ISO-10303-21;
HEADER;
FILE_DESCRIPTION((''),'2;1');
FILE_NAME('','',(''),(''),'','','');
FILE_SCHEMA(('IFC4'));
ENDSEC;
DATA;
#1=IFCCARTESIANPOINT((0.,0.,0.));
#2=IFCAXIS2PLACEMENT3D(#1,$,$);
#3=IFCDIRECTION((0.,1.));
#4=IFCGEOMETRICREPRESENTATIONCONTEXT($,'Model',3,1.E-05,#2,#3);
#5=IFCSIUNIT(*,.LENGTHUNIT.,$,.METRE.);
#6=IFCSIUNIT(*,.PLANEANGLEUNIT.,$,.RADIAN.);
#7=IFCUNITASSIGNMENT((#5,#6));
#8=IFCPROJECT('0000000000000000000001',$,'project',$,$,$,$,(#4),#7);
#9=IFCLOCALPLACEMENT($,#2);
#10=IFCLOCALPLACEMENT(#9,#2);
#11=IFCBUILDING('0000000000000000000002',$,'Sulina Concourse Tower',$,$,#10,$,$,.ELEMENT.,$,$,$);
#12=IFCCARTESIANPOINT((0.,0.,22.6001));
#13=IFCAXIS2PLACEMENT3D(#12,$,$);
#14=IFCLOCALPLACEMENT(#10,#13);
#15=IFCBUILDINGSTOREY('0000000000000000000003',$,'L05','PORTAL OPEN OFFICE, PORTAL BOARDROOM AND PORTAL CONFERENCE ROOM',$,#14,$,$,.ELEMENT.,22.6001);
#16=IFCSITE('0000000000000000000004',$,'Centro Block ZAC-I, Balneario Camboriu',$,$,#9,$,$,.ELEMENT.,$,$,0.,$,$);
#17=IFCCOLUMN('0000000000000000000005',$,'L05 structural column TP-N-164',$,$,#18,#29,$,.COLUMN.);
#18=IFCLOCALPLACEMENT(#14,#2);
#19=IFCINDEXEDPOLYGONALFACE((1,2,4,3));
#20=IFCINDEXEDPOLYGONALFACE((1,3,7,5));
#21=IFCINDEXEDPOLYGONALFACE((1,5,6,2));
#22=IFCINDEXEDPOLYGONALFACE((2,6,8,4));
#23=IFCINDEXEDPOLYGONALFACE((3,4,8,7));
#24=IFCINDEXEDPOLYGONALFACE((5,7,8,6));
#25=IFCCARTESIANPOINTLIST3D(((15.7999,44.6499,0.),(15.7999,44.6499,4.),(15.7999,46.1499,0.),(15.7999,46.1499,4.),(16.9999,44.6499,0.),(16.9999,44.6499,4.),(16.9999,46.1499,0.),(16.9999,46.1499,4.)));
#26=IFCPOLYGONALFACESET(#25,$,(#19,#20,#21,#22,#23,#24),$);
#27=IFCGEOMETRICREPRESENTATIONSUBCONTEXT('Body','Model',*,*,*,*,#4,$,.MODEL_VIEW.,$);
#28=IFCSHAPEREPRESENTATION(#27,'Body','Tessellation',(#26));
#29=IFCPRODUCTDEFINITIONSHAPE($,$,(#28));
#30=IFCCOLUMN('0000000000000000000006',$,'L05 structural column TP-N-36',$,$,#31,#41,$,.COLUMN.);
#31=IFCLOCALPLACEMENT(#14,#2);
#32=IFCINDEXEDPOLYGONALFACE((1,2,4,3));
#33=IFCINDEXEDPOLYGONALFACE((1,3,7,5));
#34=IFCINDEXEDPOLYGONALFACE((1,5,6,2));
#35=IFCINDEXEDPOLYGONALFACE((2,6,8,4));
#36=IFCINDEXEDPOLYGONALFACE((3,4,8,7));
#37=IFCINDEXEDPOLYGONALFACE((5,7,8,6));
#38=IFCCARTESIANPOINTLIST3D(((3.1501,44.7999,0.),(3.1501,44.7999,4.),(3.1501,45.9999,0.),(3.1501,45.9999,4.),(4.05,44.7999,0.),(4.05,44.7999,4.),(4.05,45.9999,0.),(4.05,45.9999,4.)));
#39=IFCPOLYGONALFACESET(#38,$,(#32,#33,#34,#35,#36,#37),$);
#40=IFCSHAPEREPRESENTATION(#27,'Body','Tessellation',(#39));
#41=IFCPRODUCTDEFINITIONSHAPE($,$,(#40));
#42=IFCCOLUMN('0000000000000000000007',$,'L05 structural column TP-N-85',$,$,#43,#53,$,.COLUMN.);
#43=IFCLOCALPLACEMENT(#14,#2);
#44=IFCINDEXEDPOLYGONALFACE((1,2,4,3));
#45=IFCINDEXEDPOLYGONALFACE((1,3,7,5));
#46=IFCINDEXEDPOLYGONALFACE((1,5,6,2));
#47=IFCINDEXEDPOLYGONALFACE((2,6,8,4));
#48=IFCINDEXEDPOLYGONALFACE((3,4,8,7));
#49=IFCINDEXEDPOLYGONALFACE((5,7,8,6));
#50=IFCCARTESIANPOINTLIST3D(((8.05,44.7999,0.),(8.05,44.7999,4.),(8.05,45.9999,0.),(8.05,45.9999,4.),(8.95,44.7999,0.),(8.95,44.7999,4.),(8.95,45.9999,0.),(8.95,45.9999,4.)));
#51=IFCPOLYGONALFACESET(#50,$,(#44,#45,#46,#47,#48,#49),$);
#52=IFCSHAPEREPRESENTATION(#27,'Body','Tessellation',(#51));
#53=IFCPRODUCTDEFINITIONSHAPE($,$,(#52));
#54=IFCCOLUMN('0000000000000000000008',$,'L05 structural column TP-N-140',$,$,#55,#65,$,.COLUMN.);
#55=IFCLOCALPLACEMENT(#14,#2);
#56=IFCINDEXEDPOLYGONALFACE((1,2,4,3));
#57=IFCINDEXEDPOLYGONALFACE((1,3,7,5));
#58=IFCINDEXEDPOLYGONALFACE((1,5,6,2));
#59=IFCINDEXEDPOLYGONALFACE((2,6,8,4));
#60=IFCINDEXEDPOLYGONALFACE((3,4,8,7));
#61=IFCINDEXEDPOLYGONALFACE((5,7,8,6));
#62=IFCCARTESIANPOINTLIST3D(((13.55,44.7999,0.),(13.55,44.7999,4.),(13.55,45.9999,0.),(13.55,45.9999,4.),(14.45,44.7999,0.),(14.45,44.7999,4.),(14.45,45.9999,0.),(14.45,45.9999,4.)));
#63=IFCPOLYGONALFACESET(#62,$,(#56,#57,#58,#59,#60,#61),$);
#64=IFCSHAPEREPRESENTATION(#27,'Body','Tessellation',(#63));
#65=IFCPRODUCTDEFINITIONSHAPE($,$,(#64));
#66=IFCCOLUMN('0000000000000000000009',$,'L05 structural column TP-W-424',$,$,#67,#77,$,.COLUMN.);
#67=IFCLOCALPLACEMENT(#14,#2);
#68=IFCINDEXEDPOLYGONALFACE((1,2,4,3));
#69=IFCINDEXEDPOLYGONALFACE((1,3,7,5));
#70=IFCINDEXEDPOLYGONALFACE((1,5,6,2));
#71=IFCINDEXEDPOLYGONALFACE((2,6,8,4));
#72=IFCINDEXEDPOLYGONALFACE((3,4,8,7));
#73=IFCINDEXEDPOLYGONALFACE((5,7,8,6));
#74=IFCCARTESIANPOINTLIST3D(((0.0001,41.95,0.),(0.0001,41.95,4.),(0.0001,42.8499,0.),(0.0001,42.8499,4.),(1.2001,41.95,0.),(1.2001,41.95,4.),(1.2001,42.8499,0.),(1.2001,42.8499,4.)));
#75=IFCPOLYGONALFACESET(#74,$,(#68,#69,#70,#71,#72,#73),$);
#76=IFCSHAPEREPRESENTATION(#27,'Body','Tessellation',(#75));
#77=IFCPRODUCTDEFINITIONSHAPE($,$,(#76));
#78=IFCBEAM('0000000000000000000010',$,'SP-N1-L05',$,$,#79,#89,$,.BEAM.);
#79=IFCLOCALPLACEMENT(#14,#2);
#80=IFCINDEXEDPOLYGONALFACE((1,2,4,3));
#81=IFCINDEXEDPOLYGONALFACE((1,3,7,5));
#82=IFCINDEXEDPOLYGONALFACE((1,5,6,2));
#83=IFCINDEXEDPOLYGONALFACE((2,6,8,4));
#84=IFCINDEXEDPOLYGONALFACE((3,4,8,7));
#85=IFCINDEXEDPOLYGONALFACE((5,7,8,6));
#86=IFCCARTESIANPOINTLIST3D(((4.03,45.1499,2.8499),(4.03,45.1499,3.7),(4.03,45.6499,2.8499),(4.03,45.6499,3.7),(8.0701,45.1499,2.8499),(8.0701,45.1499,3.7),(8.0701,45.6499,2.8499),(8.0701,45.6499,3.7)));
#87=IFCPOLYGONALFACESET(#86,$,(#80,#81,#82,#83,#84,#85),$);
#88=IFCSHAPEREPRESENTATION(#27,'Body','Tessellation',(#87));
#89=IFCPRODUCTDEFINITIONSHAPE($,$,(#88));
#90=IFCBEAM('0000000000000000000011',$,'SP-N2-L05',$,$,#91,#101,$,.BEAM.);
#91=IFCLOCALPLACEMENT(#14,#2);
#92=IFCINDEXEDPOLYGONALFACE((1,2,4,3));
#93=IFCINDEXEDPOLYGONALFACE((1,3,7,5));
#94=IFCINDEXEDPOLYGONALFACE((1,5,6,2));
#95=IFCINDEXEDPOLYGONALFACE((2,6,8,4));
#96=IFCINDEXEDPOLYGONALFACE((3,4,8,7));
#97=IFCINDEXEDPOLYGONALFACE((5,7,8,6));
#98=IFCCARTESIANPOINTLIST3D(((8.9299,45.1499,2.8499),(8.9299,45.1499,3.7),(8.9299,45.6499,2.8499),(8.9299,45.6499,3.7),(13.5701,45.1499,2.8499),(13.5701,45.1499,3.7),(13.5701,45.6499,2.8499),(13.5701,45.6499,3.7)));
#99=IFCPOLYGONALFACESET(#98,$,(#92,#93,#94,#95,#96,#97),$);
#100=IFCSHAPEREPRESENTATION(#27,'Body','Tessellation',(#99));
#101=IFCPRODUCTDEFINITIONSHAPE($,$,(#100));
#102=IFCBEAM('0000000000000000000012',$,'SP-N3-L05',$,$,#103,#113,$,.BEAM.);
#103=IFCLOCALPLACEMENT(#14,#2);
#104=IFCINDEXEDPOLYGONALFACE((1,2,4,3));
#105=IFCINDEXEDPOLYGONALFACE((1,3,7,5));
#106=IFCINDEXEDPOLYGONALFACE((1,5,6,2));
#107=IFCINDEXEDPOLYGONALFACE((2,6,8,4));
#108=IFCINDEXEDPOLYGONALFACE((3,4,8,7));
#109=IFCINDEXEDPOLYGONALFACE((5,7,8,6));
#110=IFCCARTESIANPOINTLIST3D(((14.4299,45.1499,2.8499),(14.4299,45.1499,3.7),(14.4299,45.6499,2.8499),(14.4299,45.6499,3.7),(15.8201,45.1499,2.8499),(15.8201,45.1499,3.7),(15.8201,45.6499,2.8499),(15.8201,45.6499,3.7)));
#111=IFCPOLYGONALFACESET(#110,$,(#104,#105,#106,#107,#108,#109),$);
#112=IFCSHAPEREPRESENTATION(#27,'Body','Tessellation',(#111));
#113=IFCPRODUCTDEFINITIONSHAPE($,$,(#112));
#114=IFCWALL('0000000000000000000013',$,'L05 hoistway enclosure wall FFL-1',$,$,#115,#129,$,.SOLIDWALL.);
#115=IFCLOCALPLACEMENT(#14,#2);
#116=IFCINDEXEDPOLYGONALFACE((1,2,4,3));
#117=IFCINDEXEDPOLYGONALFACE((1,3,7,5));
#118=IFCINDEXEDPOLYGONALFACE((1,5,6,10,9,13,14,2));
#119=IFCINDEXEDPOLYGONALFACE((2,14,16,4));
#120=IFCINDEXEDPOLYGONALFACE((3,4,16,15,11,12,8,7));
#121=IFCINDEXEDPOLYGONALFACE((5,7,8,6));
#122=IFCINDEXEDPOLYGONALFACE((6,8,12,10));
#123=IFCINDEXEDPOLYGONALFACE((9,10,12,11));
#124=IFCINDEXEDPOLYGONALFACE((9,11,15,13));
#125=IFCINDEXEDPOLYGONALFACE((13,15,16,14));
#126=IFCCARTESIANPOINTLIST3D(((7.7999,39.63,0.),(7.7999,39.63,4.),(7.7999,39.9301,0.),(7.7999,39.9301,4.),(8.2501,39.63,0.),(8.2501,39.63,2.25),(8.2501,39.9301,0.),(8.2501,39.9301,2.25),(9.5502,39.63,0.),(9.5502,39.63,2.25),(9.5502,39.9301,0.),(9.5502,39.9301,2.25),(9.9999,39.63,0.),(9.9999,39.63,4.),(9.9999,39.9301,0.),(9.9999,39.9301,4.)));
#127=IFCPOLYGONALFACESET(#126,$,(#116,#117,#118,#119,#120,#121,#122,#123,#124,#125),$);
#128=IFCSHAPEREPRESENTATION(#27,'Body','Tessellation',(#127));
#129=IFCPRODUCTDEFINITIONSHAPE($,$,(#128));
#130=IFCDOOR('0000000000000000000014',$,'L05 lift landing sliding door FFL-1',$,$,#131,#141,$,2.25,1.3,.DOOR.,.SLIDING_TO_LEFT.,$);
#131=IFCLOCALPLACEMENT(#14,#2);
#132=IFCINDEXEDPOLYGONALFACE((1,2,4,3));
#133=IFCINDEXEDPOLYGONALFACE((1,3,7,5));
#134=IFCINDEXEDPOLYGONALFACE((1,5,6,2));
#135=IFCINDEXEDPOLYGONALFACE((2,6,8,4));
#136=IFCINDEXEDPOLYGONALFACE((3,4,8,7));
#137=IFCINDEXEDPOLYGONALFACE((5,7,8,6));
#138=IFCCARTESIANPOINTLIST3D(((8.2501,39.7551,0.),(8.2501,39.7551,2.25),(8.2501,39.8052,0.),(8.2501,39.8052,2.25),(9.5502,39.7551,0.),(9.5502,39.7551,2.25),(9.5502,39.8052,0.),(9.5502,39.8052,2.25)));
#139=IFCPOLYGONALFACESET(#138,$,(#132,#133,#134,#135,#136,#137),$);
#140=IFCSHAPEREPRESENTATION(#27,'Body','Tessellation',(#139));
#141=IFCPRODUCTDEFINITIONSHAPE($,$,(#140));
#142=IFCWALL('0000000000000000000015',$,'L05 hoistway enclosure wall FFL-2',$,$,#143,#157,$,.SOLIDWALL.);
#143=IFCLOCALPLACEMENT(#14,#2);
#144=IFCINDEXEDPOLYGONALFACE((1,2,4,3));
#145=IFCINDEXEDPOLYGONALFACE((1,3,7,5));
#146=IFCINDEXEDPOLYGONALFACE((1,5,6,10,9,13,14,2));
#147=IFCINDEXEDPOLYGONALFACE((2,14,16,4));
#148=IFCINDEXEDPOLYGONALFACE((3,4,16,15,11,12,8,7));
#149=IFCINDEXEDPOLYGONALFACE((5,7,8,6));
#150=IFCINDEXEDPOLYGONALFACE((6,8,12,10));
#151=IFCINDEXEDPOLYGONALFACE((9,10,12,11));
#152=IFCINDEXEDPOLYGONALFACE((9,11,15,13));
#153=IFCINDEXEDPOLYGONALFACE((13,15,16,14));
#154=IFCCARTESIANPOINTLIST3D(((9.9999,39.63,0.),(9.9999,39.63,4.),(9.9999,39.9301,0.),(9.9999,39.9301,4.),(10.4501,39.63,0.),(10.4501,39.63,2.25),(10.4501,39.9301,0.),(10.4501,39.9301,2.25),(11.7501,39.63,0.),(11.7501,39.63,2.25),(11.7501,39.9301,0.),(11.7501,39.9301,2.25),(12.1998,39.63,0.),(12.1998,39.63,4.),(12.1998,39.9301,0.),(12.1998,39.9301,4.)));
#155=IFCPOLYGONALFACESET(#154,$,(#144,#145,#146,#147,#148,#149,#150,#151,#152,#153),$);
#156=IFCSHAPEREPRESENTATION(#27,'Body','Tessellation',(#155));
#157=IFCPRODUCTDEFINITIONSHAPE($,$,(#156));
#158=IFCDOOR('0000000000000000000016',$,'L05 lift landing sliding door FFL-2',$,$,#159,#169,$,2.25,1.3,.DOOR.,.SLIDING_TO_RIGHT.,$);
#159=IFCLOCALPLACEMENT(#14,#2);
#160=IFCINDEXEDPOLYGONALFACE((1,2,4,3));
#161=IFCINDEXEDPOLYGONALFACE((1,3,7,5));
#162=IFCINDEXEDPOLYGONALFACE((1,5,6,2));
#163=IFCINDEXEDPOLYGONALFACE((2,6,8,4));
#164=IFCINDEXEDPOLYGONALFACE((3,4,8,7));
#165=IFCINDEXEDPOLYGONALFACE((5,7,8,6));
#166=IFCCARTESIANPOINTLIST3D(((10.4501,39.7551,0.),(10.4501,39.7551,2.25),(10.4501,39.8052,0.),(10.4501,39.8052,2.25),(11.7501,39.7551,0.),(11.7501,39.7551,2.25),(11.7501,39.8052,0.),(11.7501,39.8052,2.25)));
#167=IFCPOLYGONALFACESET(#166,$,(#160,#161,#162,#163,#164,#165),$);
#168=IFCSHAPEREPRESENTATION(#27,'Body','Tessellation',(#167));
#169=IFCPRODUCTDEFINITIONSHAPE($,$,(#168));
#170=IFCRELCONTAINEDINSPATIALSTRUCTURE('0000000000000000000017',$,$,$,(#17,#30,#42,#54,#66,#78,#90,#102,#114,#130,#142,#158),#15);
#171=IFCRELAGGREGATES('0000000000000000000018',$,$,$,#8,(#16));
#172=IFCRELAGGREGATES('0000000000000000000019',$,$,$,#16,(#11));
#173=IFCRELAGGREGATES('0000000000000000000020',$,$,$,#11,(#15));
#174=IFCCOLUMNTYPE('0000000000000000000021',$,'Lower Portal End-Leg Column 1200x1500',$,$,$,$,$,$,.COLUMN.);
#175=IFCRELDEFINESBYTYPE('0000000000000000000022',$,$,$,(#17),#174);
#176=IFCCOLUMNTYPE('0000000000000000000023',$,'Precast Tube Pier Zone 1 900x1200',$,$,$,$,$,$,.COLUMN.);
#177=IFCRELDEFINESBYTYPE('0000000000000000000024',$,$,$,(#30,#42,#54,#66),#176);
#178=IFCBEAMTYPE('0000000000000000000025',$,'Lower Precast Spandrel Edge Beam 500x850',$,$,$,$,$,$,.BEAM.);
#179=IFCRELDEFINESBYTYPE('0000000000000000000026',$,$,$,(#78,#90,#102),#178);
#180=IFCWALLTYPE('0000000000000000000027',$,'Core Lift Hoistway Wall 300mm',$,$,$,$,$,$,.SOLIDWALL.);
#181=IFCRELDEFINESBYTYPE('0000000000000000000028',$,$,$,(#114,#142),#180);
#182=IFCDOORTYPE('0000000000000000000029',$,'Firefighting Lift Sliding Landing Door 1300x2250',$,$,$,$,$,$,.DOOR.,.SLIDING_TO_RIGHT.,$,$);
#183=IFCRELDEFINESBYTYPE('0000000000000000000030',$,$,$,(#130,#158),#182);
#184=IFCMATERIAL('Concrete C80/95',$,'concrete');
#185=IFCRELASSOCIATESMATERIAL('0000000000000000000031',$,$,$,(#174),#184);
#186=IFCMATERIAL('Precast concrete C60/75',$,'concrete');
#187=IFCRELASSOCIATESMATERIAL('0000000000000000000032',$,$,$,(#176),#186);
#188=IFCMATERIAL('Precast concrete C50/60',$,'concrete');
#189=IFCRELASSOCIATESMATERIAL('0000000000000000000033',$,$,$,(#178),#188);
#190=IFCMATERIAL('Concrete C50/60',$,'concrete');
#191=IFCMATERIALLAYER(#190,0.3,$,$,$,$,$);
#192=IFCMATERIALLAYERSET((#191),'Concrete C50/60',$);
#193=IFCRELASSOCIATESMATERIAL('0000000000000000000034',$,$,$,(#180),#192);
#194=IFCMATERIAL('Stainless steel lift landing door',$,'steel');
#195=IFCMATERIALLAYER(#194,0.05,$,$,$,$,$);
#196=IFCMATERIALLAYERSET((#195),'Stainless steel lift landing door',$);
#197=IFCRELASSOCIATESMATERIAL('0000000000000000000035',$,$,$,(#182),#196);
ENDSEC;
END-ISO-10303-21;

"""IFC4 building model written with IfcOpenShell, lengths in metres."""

from ifc_helpers import new_model, si_unit, direction, frame, frame_2d, origin, origin_2d, place, context, subcontext, project, spatial, rectangle, extrude, material, layer, layer_set, material_profile, profile_set, type_object, element, fill, save


model = new_model("IFC4")

# Units and contexts
model_context = context("Model", 3, precision=1e-05, world=origin(), true_north=direction((0.0, 1.0)))
body_context = subcontext(model_context, "Body", "Model", "MODEL_VIEW")
ifc_project = project(units=[si_unit("LENGTHUNIT", "METRE"), si_unit("PLANEANGLEUNIT", "RADIAN")], contexts=[model_context])

# Site, building, storey
site_placement = place(None, origin())
site = spatial("IfcSite", under=ifc_project, at=site_placement, Name="Centro Block ZAC-I, Balneario Camboriu", CompositionType="ELEMENT", RefElevation=0.0)
building_placement = place(site_placement, origin())
building = spatial("IfcBuilding", under=site, at=building_placement, Name="Sulina Concourse Tower", CompositionType="ELEMENT")
storey_placement = place(building_placement, frame((0.0, 0.0, 22.6001)))
storey = spatial("IfcBuildingStorey", under=building, at=storey_placement, Name="L05", Description="PORTAL OPEN OFFICE, PORTAL BOARDROOM AND PORTAL CONFERENCE ROOM", CompositionType="ELEMENT", Elevation=22.6001)

# Columns
ifc_material_1 = material(Name="Concrete C80/95", Category="concrete")
ifc_material_profile_1 = material_profile(ifc_material_1, rectangle(XDim=1.2, YDim=1.5, at=origin_2d()), Name="RC 1200x1500")
ifc_profile_set_1 = profile_set([ifc_material_profile_1], Name="Concrete C80/95")
column_type_1 = type_object("IfcColumnType", Name="Lower Portal End-Leg Column 1200x1500", PredefinedType="COLUMN", material=ifc_profile_set_1)
column_placement = place(storey_placement, frame((16.3999, 45.3999, 0.0), z_axis=(0.0, 0.0, 1.0), x_axis=(1.0, 0.0, 0.0)))
element("IfcColumn", 1, at=column_placement, inside=storey, type_object=column_type_1, Name="L05 structural column TP-N-164", PredefinedType="COLUMN", context=body_context, shape_type="SweptSolid", body=[
    extrude(rectangle(XDim=1.2, YDim=1.5, at=origin_2d()), origin(), (0.0, 0.0, 1.0), 4.0),
])
ifc_material_2 = material(Name="Precast concrete C60/75", Category="concrete")
ifc_material_profile_2 = material_profile(ifc_material_2, rectangle(XDim=0.8999, YDim=1.2, at=origin_2d()), Name="PC 900x1200")
ifc_profile_set_2 = profile_set([ifc_material_profile_2], Name="Precast concrete C60/75")
column_type_2 = type_object("IfcColumnType", Name="Precast Tube Pier Zone 1 900x1200", PredefinedType="COLUMN", material=ifc_profile_set_2)
for number, where, z_axis, x_axis, name in (
    (2, (3.6001, 45.3999, 0.0), (0.0, 0.0, 1.0), (1.0, 0.0, 0.0), "L05 structural column TP-N-36"),
    (3, (8.5, 45.3999, 0.0), (0.0, 0.0, 1.0), (1.0, 0.0, 0.0), "L05 structural column TP-N-85"),
    (4, (14.0, 45.3999, 0.0), (0.0, 0.0, 1.0), (1.0, 0.0, 0.0), "L05 structural column TP-N-140"),
    (5, (0.6001, 42.3999, 0.0), (0.0, 0.0, 1.0), (0.0, 1.0, 0.0), "L05 structural column TP-W-424"),
):
    element("IfcColumn", number, at=place(storey_placement, frame(where, z_axis=z_axis, x_axis=x_axis)), inside=storey, type_object=column_type_2, Name=name, PredefinedType="COLUMN", context=body_context, shape_type="SweptSolid", body=[
        extrude(rectangle(XDim=0.8999, YDim=1.2, at=origin_2d()), origin(), (0.0, 0.0, 1.0), 4.0),
    ])

# Beams
ifc_material_3 = material(Name="Precast concrete C50/60", Category="concrete")
ifc_material_profile_3 = material_profile(ifc_material_3, rectangle(XDim=0.5, YDim=0.8501, at=origin_2d()), Name="RC 500x850")
ifc_profile_set_3 = profile_set([ifc_material_profile_3], Name="Precast concrete C50/60")
beam_type = type_object("IfcBeamType", Name="Lower Precast Spandrel Edge Beam 500x850", PredefinedType="BEAM", material=ifc_profile_set_3)
beam_1_placement = place(storey_placement, frame((4.03, 45.3999, 3.2749), z_axis=(1.0, 0.0, 0.0), x_axis=(0.0, 1.0, 0.0)))
element("IfcBeam", 6, at=beam_1_placement, inside=storey, type_object=beam_type, Name="SP-N1-L05", PredefinedType="BEAM", context=body_context, shape_type="SweptSolid", body=[
    extrude(rectangle(XDim=0.5, YDim=0.8501, at=origin_2d()), origin(), (0.0, 0.0, 1.0), 4.04),
])
beam_2_placement = place(storey_placement, frame((8.9299, 45.3999, 3.2749), z_axis=(1.0, 0.0, 0.0), x_axis=(0.0, 1.0, 0.0)))
element("IfcBeam", 7, at=beam_2_placement, inside=storey, type_object=beam_type, Name="SP-N2-L05", PredefinedType="BEAM", context=body_context, shape_type="SweptSolid", body=[
    extrude(rectangle(XDim=0.5, YDim=0.8501, at=origin_2d()), origin(), (0.0, 0.0, 1.0), 4.6401),
])
beam_3_placement = place(storey_placement, frame((14.4299, 45.3999, 3.2749), z_axis=(1.0, 0.0, 0.0), x_axis=(0.0, 1.0, 0.0)))
element("IfcBeam", 8, at=beam_3_placement, inside=storey, type_object=beam_type, Name="SP-N3-L05", PredefinedType="BEAM", context=body_context, shape_type="SweptSolid", body=[
    extrude(rectangle(XDim=0.5, YDim=0.8501, at=origin_2d()), origin(), (0.0, 0.0, 1.0), 1.3901),
])

# Walls, openings, doors
ifc_material_4 = material(Name="Concrete C50/60", Category="concrete")
ifc_layer_1 = layer(ifc_material_4, 0.3)
ifc_layer_set_1 = layer_set([ifc_layer_1], Name="Concrete C50/60")
wall_type_1 = type_object("IfcWallType", Name="Core Lift Hoistway Wall 300mm", PredefinedType="SOLIDWALL", material=ifc_layer_set_1)
wall_1_placement = place(storey_placement, frame((10.0, 39.78, 0.0), z_axis=(0.0, 0.0, 1.0), x_axis=(-1.0, 0.0, 0.0)))
wall_1 = element("IfcWall", 9, at=wall_1_placement, inside=storey, type_object=wall_type_1, Name="L05 hoistway enclosure wall FFL-1", PredefinedType="SOLIDWALL", context=body_context, shape_type="SweptSolid", body=[
    extrude(rectangle(XDim=2.2, YDim=0.3, at=frame_2d((1.1001, 0.0))), origin(), (0.0, 0.0, 1.0), 4.0),
])
opening_1_placement = place(wall_1_placement, frame((0.45, 0.0, 0.0)))
opening_1 = element("IfcOpeningElement", 10, at=opening_1_placement, cuts=wall_1, PredefinedType="OPENING", context=body_context, shape_type="SweptSolid", body=[
    extrude(rectangle(XDim=1.3, YDim=2.25, at=frame_2d((0.6499, 1.125))), frame((0.0, 0.1599, 0.0), z_axis=(0.0, -1.0, 0.0), x_axis=(1.0, 0.0, 0.0)), (0.0, 0.0, 1.0), 0.3201),
])
ifc_material_5 = material(Name="Stainless steel lift landing door", Category="steel")
ifc_layer_2 = layer(ifc_material_5, 0.05)
ifc_layer_set_2 = layer_set([ifc_layer_2], Name="Stainless steel lift landing door")
door_type_1 = type_object("IfcDoorType", Name="Firefighting Lift Sliding Landing Door 1300x2250", OperationType="SLIDING_TO_RIGHT", PredefinedType="DOOR", material=ifc_layer_set_2)
door_1_placement = place(opening_1_placement, origin())
door_1 = element("IfcDoor", 11, at=door_1_placement, inside=storey, type_object=door_type_1, Name="L05 lift landing sliding door FFL-1", OperationType="SLIDING_TO_LEFT", OverallHeight=2.25, OverallWidth=1.3, PredefinedType="DOOR", context=body_context, shape_type="SweptSolid", body=[
    extrude(rectangle(XDim=1.3, YDim=2.25, at=frame_2d((0.6499, 1.125))), frame((0.0, 0.0249, 0.0), z_axis=(0.0, -1.0, 0.0), x_axis=(1.0, 0.0, 0.0)), (0.0, 0.0, 1.0), 0.05),
])
fill(opening_1, door_1)
wall_2_placement = place(storey_placement, frame((12.2, 39.78, 0.0), z_axis=(0.0, 0.0, 1.0), x_axis=(-1.0, 0.0, 0.0)))
wall_2 = element("IfcWall", 12, at=wall_2_placement, inside=storey, type_object=wall_type_1, Name="L05 hoistway enclosure wall FFL-2", PredefinedType="SOLIDWALL", context=body_context, shape_type="SweptSolid", body=[
    extrude(rectangle(XDim=2.2, YDim=0.3, at=frame_2d((1.1001, 0.0))), origin(), (0.0, 0.0, 1.0), 4.0),
])
opening_2_placement = place(wall_2_placement, frame((0.45, 0.0, 0.0)))
opening_2 = element("IfcOpeningElement", 13, at=opening_2_placement, cuts=wall_2, PredefinedType="OPENING", context=body_context, shape_type="SweptSolid", body=[
    extrude(rectangle(XDim=1.3, YDim=2.25, at=frame_2d((0.6499, 1.125))), frame((0.0, 0.1599, 0.0), z_axis=(0.0, -1.0, 0.0), x_axis=(1.0, 0.0, 0.0)), (0.0, 0.0, 1.0), 0.3201),
])
door_2_placement = place(opening_2_placement, origin())
door_2 = element("IfcDoor", 14, at=door_2_placement, inside=storey, type_object=door_type_1, Name="L05 lift landing sliding door FFL-2", OperationType="SLIDING_TO_RIGHT", OverallHeight=2.25, OverallWidth=1.3, PredefinedType="DOOR", context=body_context, shape_type="SweptSolid", body=[
    extrude(rectangle(XDim=1.3, YDim=2.25, at=frame_2d((0.6499, 1.125))), frame((0.0, 0.0249, 0.0), z_axis=(0.0, -1.0, 0.0), x_axis=(1.0, 0.0, 0.0)), (0.0, 0.0, 1.0), 0.05),
])
fill(opening_2, door_2)

save(model, "model.ifc")
